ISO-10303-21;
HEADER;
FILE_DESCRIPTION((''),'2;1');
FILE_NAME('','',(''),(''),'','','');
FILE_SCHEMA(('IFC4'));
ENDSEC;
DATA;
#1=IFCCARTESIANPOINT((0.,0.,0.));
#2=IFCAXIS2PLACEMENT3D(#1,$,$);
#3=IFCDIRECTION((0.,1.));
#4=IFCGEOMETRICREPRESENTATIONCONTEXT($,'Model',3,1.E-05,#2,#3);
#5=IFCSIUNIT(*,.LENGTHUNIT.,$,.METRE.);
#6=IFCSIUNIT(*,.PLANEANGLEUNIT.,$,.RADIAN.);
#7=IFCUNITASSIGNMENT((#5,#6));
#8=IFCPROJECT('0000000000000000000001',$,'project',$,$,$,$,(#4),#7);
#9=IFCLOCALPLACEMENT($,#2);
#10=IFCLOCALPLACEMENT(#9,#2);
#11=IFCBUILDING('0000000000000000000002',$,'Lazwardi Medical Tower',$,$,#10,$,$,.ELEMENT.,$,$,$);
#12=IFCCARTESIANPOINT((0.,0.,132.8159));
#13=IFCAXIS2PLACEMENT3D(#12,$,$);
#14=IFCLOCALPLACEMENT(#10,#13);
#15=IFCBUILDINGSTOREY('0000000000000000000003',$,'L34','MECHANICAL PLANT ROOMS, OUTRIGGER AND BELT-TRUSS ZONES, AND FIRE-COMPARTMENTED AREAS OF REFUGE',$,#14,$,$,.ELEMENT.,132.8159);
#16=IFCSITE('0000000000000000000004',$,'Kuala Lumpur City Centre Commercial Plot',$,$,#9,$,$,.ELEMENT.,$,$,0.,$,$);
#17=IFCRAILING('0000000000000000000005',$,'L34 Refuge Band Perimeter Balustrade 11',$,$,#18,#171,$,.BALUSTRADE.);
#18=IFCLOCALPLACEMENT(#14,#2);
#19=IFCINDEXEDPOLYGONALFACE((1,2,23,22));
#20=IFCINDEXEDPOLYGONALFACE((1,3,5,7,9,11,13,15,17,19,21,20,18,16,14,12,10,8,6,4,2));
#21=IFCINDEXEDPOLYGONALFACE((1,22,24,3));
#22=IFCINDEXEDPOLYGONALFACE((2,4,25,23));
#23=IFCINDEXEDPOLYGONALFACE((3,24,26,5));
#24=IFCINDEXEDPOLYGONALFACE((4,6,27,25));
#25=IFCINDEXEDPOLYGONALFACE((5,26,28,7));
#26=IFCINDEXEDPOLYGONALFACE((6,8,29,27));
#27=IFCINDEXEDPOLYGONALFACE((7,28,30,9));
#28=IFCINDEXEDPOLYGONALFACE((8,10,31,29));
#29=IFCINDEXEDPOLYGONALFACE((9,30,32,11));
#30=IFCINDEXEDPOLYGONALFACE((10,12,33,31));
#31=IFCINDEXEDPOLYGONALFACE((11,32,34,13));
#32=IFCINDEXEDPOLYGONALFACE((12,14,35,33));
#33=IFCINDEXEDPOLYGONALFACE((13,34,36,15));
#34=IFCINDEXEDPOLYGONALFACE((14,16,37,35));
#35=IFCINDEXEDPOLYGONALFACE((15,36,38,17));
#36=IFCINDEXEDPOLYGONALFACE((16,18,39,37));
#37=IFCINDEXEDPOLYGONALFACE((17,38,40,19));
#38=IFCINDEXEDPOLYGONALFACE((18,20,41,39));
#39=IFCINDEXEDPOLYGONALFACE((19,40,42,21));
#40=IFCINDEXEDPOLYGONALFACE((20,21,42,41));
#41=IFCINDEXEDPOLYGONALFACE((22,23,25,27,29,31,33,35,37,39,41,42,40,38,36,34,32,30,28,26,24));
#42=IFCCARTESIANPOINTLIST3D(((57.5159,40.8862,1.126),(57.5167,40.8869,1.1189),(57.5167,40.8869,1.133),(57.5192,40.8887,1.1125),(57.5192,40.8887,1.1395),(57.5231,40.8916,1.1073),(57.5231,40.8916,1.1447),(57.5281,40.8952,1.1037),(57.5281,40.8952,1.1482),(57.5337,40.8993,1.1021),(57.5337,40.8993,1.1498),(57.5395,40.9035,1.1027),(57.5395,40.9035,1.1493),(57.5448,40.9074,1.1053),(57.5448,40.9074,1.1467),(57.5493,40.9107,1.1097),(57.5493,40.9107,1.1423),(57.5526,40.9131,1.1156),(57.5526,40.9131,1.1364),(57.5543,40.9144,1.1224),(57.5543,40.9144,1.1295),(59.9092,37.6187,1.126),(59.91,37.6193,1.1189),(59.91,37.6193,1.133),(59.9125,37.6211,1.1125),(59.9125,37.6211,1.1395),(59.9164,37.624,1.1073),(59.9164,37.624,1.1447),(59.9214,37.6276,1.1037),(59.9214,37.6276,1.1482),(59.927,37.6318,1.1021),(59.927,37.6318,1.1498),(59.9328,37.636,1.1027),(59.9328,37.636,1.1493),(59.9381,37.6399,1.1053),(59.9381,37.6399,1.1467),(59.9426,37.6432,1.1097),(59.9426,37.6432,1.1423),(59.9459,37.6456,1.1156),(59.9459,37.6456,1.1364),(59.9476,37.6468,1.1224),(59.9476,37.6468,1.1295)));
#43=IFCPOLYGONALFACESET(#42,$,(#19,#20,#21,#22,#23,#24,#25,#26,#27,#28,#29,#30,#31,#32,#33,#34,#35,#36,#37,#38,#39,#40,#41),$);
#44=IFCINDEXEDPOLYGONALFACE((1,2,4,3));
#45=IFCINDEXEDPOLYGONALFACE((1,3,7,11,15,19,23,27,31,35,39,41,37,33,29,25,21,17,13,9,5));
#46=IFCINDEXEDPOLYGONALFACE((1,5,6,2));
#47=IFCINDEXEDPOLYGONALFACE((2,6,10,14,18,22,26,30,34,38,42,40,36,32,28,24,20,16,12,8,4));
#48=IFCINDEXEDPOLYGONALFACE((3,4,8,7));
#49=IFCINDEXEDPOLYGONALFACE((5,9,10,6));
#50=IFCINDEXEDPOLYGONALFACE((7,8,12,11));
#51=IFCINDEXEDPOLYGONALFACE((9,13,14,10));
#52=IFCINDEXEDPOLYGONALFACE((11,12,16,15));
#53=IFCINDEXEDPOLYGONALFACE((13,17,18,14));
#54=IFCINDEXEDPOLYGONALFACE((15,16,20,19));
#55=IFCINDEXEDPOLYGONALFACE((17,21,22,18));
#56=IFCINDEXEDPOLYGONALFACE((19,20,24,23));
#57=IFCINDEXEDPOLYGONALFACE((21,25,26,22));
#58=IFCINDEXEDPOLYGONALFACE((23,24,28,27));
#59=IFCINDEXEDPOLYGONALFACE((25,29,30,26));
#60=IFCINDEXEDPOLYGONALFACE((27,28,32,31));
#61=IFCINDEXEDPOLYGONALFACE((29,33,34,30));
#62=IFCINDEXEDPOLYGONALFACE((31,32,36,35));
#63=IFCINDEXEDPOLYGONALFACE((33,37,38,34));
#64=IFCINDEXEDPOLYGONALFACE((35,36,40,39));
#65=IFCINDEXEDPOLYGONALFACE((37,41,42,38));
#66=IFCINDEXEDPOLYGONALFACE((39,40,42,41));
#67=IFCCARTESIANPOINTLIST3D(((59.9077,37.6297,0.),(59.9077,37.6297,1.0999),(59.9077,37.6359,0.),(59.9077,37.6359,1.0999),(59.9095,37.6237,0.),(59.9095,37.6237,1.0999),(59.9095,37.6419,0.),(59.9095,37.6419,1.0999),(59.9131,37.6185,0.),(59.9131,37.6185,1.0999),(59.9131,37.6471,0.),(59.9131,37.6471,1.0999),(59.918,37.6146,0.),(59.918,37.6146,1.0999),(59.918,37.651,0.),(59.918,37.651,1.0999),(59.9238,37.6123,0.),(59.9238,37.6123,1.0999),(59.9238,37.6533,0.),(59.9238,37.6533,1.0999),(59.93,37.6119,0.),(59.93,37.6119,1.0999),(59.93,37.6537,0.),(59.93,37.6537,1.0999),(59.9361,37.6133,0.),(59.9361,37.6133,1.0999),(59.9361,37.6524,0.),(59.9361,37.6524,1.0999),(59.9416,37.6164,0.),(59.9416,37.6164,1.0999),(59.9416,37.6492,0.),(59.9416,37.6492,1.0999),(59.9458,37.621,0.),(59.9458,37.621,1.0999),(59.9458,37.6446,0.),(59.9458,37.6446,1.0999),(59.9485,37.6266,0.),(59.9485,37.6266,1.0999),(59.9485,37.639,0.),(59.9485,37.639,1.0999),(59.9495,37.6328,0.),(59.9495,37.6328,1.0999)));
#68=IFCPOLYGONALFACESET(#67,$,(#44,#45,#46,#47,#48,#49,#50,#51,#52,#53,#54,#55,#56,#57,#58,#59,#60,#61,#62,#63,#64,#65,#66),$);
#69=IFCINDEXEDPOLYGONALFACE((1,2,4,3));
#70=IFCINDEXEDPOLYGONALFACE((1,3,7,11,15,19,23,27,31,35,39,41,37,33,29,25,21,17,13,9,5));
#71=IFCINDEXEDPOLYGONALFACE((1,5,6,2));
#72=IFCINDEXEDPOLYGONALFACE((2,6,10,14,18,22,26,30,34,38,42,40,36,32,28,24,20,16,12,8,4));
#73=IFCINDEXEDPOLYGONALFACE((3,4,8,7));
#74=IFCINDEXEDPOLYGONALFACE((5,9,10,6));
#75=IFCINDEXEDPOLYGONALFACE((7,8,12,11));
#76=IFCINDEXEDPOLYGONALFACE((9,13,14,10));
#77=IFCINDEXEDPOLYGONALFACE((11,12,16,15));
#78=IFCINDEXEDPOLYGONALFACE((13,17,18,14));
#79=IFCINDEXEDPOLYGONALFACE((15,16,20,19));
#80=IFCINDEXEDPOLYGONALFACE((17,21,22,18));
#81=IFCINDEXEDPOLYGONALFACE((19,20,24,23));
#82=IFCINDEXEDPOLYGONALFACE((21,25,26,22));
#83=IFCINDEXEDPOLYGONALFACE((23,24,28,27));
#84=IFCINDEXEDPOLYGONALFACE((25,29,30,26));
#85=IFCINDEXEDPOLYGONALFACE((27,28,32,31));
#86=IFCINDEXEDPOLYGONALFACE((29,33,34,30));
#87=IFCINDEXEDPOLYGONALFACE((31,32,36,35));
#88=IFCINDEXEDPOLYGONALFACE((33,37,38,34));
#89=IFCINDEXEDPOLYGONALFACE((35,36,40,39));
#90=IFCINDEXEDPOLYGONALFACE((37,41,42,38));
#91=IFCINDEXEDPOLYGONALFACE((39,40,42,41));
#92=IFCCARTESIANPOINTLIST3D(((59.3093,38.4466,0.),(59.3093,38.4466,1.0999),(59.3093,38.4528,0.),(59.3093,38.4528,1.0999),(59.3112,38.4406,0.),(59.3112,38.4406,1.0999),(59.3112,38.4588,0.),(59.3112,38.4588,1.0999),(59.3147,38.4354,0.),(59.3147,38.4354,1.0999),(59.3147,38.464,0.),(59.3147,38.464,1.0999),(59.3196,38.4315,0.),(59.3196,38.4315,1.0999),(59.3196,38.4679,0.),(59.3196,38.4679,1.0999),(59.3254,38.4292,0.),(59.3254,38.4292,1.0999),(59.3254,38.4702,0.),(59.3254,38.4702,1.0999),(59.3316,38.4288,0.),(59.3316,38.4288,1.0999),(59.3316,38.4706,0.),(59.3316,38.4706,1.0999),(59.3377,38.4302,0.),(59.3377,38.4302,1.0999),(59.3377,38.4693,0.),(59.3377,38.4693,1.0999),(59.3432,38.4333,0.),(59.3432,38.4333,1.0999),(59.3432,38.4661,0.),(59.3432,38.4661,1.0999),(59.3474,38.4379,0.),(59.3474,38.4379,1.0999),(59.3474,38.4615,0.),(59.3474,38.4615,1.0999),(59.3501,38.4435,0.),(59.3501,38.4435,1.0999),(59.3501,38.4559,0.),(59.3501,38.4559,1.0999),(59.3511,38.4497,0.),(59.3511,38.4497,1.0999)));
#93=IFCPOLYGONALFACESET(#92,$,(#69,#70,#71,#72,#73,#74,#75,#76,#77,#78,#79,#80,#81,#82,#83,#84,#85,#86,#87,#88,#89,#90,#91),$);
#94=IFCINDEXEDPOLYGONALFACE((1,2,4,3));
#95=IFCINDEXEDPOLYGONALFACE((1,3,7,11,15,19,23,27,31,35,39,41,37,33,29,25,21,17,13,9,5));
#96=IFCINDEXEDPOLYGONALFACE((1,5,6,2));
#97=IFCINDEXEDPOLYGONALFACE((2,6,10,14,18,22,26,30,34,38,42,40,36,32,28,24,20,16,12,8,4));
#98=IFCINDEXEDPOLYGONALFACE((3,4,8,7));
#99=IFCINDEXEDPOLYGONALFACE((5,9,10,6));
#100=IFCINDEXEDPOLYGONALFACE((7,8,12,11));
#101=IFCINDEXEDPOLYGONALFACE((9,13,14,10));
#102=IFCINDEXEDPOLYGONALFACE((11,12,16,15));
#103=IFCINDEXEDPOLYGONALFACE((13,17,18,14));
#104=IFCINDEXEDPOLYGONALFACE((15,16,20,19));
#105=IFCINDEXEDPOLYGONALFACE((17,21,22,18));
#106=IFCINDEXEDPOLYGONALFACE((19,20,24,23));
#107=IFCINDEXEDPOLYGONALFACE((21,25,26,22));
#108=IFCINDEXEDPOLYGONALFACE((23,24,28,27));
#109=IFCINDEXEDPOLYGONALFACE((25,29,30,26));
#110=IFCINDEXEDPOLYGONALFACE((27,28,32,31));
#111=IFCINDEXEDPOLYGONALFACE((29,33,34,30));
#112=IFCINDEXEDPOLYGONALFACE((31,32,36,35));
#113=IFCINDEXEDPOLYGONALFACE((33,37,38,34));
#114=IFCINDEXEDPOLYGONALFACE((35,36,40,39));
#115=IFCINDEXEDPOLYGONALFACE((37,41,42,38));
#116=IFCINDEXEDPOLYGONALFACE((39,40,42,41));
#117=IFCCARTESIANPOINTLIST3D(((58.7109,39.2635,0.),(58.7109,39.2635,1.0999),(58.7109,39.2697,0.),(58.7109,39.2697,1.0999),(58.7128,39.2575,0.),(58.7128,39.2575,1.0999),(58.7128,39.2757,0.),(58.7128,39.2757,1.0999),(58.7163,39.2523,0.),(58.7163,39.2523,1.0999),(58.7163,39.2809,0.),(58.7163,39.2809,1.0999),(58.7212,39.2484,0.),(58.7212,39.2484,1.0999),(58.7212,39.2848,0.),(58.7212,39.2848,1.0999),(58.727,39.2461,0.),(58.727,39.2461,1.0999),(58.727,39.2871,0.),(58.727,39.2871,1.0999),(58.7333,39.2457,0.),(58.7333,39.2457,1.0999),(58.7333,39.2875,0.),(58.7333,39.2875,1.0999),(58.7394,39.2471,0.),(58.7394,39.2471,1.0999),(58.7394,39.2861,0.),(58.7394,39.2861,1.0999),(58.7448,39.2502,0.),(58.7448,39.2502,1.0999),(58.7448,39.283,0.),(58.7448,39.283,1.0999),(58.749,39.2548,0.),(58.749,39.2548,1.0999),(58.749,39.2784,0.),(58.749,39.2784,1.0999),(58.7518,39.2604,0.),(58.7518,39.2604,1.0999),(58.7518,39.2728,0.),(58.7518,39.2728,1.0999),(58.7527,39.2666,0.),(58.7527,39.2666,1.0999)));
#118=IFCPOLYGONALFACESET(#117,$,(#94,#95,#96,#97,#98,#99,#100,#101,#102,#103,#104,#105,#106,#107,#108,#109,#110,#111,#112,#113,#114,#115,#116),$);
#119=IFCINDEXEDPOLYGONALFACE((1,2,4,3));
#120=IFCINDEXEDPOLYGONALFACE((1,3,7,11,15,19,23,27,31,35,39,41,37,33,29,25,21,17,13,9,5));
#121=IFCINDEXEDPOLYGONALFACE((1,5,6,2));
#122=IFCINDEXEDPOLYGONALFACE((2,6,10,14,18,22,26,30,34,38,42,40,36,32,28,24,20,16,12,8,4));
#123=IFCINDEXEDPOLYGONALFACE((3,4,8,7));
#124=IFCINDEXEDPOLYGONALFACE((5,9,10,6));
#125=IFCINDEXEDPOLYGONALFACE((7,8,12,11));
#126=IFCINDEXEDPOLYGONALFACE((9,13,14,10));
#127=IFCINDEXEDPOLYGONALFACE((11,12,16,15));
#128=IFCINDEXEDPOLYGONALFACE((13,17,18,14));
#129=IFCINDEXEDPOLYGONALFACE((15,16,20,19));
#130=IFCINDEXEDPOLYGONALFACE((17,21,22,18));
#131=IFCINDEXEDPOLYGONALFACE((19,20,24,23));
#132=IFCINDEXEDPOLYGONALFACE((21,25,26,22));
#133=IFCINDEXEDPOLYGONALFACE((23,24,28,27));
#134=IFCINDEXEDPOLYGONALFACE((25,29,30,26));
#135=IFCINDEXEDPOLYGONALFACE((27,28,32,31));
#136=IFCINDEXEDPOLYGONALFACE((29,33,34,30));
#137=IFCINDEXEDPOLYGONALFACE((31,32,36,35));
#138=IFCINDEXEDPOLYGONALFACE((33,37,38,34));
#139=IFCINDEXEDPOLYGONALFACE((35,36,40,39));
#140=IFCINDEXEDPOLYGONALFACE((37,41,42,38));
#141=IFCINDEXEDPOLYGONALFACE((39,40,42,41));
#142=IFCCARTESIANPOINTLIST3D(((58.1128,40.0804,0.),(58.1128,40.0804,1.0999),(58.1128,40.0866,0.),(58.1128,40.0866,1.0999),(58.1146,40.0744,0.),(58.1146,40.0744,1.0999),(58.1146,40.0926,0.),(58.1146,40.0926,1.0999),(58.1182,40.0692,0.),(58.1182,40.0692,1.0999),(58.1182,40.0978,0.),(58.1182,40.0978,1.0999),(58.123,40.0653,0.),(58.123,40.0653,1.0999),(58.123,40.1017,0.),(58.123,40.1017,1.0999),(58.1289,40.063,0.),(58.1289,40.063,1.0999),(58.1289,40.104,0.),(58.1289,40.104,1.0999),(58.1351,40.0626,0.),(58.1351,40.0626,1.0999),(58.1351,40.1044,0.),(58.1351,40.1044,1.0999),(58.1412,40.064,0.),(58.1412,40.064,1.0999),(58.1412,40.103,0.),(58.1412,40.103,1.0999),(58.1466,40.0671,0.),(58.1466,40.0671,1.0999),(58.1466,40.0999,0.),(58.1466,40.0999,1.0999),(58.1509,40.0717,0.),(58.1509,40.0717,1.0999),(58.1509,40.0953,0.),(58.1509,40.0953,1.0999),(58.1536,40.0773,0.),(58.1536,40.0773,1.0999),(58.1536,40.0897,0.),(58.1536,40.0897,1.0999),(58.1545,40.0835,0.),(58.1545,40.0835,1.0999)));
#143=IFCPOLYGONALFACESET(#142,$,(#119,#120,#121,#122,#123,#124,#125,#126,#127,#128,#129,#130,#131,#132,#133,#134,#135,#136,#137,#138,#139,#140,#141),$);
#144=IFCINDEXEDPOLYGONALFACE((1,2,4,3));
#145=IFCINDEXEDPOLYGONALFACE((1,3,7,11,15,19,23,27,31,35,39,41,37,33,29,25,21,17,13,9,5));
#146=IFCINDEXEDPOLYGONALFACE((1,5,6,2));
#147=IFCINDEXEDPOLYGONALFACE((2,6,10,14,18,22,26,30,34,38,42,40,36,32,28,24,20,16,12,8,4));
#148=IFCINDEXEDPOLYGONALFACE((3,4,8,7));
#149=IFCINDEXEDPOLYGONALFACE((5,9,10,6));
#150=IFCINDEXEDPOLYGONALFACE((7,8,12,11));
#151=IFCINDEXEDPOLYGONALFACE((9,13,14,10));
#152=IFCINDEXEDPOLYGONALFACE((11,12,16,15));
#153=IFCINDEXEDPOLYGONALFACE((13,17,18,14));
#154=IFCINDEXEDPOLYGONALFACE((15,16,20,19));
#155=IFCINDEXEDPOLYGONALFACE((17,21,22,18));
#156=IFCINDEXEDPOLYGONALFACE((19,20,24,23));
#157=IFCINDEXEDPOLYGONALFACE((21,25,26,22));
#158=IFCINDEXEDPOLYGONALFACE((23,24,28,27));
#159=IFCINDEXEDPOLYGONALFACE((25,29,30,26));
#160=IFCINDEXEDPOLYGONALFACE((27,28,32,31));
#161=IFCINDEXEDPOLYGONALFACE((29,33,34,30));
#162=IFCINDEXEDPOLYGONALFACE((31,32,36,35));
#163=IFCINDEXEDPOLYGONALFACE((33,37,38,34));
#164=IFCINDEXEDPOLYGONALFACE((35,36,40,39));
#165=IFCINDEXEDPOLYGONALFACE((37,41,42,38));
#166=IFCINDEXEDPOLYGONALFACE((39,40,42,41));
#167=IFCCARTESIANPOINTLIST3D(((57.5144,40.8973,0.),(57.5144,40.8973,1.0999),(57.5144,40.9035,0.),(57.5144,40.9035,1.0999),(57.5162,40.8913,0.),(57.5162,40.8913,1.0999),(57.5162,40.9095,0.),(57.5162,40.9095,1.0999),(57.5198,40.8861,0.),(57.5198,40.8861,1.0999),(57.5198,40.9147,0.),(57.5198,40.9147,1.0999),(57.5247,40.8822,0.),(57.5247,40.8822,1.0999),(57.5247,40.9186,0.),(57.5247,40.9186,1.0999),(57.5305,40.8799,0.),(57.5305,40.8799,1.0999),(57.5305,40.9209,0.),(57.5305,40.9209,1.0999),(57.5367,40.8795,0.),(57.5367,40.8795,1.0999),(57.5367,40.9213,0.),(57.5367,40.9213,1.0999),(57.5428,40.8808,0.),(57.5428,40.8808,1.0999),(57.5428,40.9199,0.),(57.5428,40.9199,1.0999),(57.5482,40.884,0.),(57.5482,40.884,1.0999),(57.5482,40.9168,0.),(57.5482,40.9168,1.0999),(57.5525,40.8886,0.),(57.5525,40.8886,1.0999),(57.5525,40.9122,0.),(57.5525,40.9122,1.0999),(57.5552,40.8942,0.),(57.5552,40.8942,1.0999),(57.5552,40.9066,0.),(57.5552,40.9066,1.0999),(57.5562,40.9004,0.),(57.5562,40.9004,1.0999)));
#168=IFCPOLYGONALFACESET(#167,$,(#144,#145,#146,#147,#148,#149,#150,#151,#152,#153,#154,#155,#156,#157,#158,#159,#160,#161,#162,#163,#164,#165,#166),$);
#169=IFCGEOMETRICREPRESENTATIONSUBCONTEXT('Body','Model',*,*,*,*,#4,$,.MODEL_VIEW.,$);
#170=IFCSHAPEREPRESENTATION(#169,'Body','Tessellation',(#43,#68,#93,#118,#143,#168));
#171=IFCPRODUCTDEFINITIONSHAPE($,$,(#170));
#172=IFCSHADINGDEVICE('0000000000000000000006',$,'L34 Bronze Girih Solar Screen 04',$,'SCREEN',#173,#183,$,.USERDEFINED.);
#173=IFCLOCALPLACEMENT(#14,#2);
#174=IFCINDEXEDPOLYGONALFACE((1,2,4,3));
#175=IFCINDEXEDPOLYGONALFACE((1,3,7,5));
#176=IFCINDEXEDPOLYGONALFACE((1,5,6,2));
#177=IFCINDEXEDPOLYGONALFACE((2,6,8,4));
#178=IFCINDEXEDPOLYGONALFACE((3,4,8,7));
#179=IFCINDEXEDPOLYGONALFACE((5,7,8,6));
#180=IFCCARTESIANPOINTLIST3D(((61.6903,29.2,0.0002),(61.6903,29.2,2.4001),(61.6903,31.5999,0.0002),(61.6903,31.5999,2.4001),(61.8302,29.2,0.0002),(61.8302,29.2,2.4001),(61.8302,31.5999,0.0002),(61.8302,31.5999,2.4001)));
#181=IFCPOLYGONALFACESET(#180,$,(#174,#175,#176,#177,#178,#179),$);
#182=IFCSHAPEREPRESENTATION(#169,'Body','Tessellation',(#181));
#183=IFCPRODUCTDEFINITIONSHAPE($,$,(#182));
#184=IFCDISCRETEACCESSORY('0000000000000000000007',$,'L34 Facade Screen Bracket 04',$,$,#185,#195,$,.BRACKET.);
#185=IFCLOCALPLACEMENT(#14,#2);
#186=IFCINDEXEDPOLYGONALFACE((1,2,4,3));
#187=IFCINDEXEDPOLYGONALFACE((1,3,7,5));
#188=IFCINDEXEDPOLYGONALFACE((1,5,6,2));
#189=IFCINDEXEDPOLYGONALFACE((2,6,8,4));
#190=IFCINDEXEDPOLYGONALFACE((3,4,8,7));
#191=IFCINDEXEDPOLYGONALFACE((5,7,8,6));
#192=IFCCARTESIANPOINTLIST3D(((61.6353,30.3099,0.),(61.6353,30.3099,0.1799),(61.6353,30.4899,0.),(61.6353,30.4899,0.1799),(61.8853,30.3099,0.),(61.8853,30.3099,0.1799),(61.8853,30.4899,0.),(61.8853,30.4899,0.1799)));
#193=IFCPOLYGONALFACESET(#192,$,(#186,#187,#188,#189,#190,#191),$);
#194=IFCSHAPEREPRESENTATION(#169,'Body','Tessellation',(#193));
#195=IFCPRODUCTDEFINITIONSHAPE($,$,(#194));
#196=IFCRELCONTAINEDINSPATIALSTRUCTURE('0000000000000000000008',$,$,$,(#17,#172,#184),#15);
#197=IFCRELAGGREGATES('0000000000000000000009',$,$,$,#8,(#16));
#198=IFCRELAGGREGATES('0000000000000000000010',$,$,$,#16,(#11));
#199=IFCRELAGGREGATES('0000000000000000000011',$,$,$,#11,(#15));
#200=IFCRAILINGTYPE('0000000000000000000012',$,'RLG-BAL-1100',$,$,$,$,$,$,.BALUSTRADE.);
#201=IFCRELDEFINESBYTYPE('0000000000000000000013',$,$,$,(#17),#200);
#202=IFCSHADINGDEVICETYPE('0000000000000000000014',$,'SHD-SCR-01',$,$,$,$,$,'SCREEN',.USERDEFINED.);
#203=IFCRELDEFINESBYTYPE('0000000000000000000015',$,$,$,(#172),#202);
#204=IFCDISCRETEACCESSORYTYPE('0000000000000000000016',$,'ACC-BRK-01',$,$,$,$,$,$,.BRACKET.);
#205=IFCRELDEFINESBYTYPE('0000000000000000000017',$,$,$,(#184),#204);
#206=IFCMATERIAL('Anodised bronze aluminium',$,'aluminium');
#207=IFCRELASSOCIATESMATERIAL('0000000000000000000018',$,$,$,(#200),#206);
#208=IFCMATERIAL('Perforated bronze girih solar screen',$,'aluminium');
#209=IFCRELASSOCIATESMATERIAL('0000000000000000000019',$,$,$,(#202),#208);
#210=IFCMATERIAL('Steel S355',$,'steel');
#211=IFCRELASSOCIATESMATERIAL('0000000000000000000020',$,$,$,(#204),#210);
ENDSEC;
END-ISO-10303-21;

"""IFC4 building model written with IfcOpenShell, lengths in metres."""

from ifc_helpers import new_model, si_unit, direction, frame, origin, origin_2d, place, context, subcontext, project, spatial, rectangle, circle, extrude, material, type_object, element, save


model = new_model("IFC4")

# Units and contexts
model_context = context("Model", 3, precision=1e-05, world=origin(), true_north=direction((0.0, 1.0)))
body_context = subcontext(model_context, "Body", "Model", "MODEL_VIEW")
ifc_project = project(units=[si_unit("LENGTHUNIT", "METRE"), si_unit("PLANEANGLEUNIT", "RADIAN")], contexts=[model_context])

# Site, building, storey
site_placement = place(None, origin())
site = spatial("IfcSite", under=ifc_project, at=site_placement, Name="Kuala Lumpur City Centre Commercial Plot", CompositionType="ELEMENT", RefElevation=0.0)
building_placement = place(site_placement, origin())
building = spatial("IfcBuilding", under=site, at=building_placement, Name="Lazwardi Medical Tower", CompositionType="ELEMENT")
storey_placement = place(building_placement, frame((0.0, 0.0, 132.8159)))
storey = spatial("IfcBuildingStorey", under=building, at=storey_placement, Name="L34", Description="MECHANICAL PLANT ROOMS, OUTRIGGER AND BELT-TRUSS ZONES, AND FIRE-COMPARTMENTED AREAS OF REFUGE", CompositionType="ELEMENT", Elevation=132.8159)

# Shared definitions
ifc_material_1 = material(Name="Steel S355", Category="steel")

# Railing
ifc_material_2 = material(Name="Anodised bronze aluminium", Category="aluminium")
railing_type = type_object("IfcRailingType", Name="RLG-BAL-1100", PredefinedType="BALUSTRADE", material=ifc_material_2)
railing_1_placement = place(storey_placement, frame((59.9285, 37.6328, 0.0)))
element("IfcRailing", 1, at=railing_1_placement, inside=storey, type_object=railing_type, Name="L34 Refuge Band Perimeter Balustrade 11", PredefinedType="BALUSTRADE", context=body_context, shape_type="SweptSolid", body=[
    extrude(circle(Radius=0.0239, at=origin_2d()), frame((0.0, 0.0, 1.126), z_axis=(-0.590896, 0.806748, 0.0), x_axis=(-0.806748, -0.590896, 0.0)), (0.0, 0.0, 1.0), 4.0503),
    extrude(circle(Radius=0.021, at=origin_2d()), origin(), (0.0, 0.0, 1.0), 1.0999),
    extrude(circle(Radius=0.021, at=origin_2d()), frame((-0.5984, 0.8169, 0.0)), (0.0, 0.0, 1.0), 1.0999),
    extrude(circle(Radius=0.021, at=origin_2d()), frame((-1.1968, 1.6338, 0.0)), (0.0, 0.0, 1.0), 1.0999),
    extrude(circle(Radius=0.021, at=origin_2d()), frame((-1.7949, 2.4507, 0.0)), (0.0, 0.0, 1.0), 1.0999),
    extrude(circle(Radius=0.021, at=origin_2d()), frame((-2.3933, 3.2676, 0.0)), (0.0, 0.0, 1.0), 1.0999),
])

# Shading device
ifc_material_3 = material(Name="Perforated bronze girih solar screen", Category="aluminium")
shading_device_type = type_object("IfcShadingDeviceType", Name="SHD-SCR-01", ElementType="SCREEN", PredefinedType="USERDEFINED", material=ifc_material_3)
shading_device_placement = place(storey_placement, frame((61.7603, 30.3999, 0.0002), z_axis=(0.0, 0.0, 1.0), x_axis=(0.0, 1.0, 0.0)))
element("IfcShadingDevice", 2, at=shading_device_placement, inside=storey, type_object=shading_device_type, Name="L34 Bronze Girih Solar Screen 04", ObjectType="SCREEN", PredefinedType="USERDEFINED", context=body_context, shape_type="SweptSolid", body=[
    extrude(rectangle(XDim=2.3999, YDim=0.1399, at=origin_2d()), origin(), (0.0, 0.0, 1.0), 2.3999),
])

# Discrete accessory
discrete_accessory_type = type_object("IfcDiscreteAccessoryType", Name="ACC-BRK-01", PredefinedType="BRACKET", material=ifc_material_1)
discrete_accessory_placement = place(storey_placement, frame((61.7603, 30.3999, 0.0), z_axis=(0.0, 0.0, 1.0), x_axis=(0.0, 1.0, 0.0)))
element("IfcDiscreteAccessory", 3, at=discrete_accessory_placement, inside=storey, type_object=discrete_accessory_type, Name="L34 Facade Screen Bracket 04", PredefinedType="BRACKET", context=body_context, shape_type="SweptSolid", body=[
    extrude(rectangle(XDim=0.1799, YDim=0.25, at=origin_2d()), origin(), (0.0, 0.0, 1.0), 0.1799),
])

save(model, "model.ifc")
